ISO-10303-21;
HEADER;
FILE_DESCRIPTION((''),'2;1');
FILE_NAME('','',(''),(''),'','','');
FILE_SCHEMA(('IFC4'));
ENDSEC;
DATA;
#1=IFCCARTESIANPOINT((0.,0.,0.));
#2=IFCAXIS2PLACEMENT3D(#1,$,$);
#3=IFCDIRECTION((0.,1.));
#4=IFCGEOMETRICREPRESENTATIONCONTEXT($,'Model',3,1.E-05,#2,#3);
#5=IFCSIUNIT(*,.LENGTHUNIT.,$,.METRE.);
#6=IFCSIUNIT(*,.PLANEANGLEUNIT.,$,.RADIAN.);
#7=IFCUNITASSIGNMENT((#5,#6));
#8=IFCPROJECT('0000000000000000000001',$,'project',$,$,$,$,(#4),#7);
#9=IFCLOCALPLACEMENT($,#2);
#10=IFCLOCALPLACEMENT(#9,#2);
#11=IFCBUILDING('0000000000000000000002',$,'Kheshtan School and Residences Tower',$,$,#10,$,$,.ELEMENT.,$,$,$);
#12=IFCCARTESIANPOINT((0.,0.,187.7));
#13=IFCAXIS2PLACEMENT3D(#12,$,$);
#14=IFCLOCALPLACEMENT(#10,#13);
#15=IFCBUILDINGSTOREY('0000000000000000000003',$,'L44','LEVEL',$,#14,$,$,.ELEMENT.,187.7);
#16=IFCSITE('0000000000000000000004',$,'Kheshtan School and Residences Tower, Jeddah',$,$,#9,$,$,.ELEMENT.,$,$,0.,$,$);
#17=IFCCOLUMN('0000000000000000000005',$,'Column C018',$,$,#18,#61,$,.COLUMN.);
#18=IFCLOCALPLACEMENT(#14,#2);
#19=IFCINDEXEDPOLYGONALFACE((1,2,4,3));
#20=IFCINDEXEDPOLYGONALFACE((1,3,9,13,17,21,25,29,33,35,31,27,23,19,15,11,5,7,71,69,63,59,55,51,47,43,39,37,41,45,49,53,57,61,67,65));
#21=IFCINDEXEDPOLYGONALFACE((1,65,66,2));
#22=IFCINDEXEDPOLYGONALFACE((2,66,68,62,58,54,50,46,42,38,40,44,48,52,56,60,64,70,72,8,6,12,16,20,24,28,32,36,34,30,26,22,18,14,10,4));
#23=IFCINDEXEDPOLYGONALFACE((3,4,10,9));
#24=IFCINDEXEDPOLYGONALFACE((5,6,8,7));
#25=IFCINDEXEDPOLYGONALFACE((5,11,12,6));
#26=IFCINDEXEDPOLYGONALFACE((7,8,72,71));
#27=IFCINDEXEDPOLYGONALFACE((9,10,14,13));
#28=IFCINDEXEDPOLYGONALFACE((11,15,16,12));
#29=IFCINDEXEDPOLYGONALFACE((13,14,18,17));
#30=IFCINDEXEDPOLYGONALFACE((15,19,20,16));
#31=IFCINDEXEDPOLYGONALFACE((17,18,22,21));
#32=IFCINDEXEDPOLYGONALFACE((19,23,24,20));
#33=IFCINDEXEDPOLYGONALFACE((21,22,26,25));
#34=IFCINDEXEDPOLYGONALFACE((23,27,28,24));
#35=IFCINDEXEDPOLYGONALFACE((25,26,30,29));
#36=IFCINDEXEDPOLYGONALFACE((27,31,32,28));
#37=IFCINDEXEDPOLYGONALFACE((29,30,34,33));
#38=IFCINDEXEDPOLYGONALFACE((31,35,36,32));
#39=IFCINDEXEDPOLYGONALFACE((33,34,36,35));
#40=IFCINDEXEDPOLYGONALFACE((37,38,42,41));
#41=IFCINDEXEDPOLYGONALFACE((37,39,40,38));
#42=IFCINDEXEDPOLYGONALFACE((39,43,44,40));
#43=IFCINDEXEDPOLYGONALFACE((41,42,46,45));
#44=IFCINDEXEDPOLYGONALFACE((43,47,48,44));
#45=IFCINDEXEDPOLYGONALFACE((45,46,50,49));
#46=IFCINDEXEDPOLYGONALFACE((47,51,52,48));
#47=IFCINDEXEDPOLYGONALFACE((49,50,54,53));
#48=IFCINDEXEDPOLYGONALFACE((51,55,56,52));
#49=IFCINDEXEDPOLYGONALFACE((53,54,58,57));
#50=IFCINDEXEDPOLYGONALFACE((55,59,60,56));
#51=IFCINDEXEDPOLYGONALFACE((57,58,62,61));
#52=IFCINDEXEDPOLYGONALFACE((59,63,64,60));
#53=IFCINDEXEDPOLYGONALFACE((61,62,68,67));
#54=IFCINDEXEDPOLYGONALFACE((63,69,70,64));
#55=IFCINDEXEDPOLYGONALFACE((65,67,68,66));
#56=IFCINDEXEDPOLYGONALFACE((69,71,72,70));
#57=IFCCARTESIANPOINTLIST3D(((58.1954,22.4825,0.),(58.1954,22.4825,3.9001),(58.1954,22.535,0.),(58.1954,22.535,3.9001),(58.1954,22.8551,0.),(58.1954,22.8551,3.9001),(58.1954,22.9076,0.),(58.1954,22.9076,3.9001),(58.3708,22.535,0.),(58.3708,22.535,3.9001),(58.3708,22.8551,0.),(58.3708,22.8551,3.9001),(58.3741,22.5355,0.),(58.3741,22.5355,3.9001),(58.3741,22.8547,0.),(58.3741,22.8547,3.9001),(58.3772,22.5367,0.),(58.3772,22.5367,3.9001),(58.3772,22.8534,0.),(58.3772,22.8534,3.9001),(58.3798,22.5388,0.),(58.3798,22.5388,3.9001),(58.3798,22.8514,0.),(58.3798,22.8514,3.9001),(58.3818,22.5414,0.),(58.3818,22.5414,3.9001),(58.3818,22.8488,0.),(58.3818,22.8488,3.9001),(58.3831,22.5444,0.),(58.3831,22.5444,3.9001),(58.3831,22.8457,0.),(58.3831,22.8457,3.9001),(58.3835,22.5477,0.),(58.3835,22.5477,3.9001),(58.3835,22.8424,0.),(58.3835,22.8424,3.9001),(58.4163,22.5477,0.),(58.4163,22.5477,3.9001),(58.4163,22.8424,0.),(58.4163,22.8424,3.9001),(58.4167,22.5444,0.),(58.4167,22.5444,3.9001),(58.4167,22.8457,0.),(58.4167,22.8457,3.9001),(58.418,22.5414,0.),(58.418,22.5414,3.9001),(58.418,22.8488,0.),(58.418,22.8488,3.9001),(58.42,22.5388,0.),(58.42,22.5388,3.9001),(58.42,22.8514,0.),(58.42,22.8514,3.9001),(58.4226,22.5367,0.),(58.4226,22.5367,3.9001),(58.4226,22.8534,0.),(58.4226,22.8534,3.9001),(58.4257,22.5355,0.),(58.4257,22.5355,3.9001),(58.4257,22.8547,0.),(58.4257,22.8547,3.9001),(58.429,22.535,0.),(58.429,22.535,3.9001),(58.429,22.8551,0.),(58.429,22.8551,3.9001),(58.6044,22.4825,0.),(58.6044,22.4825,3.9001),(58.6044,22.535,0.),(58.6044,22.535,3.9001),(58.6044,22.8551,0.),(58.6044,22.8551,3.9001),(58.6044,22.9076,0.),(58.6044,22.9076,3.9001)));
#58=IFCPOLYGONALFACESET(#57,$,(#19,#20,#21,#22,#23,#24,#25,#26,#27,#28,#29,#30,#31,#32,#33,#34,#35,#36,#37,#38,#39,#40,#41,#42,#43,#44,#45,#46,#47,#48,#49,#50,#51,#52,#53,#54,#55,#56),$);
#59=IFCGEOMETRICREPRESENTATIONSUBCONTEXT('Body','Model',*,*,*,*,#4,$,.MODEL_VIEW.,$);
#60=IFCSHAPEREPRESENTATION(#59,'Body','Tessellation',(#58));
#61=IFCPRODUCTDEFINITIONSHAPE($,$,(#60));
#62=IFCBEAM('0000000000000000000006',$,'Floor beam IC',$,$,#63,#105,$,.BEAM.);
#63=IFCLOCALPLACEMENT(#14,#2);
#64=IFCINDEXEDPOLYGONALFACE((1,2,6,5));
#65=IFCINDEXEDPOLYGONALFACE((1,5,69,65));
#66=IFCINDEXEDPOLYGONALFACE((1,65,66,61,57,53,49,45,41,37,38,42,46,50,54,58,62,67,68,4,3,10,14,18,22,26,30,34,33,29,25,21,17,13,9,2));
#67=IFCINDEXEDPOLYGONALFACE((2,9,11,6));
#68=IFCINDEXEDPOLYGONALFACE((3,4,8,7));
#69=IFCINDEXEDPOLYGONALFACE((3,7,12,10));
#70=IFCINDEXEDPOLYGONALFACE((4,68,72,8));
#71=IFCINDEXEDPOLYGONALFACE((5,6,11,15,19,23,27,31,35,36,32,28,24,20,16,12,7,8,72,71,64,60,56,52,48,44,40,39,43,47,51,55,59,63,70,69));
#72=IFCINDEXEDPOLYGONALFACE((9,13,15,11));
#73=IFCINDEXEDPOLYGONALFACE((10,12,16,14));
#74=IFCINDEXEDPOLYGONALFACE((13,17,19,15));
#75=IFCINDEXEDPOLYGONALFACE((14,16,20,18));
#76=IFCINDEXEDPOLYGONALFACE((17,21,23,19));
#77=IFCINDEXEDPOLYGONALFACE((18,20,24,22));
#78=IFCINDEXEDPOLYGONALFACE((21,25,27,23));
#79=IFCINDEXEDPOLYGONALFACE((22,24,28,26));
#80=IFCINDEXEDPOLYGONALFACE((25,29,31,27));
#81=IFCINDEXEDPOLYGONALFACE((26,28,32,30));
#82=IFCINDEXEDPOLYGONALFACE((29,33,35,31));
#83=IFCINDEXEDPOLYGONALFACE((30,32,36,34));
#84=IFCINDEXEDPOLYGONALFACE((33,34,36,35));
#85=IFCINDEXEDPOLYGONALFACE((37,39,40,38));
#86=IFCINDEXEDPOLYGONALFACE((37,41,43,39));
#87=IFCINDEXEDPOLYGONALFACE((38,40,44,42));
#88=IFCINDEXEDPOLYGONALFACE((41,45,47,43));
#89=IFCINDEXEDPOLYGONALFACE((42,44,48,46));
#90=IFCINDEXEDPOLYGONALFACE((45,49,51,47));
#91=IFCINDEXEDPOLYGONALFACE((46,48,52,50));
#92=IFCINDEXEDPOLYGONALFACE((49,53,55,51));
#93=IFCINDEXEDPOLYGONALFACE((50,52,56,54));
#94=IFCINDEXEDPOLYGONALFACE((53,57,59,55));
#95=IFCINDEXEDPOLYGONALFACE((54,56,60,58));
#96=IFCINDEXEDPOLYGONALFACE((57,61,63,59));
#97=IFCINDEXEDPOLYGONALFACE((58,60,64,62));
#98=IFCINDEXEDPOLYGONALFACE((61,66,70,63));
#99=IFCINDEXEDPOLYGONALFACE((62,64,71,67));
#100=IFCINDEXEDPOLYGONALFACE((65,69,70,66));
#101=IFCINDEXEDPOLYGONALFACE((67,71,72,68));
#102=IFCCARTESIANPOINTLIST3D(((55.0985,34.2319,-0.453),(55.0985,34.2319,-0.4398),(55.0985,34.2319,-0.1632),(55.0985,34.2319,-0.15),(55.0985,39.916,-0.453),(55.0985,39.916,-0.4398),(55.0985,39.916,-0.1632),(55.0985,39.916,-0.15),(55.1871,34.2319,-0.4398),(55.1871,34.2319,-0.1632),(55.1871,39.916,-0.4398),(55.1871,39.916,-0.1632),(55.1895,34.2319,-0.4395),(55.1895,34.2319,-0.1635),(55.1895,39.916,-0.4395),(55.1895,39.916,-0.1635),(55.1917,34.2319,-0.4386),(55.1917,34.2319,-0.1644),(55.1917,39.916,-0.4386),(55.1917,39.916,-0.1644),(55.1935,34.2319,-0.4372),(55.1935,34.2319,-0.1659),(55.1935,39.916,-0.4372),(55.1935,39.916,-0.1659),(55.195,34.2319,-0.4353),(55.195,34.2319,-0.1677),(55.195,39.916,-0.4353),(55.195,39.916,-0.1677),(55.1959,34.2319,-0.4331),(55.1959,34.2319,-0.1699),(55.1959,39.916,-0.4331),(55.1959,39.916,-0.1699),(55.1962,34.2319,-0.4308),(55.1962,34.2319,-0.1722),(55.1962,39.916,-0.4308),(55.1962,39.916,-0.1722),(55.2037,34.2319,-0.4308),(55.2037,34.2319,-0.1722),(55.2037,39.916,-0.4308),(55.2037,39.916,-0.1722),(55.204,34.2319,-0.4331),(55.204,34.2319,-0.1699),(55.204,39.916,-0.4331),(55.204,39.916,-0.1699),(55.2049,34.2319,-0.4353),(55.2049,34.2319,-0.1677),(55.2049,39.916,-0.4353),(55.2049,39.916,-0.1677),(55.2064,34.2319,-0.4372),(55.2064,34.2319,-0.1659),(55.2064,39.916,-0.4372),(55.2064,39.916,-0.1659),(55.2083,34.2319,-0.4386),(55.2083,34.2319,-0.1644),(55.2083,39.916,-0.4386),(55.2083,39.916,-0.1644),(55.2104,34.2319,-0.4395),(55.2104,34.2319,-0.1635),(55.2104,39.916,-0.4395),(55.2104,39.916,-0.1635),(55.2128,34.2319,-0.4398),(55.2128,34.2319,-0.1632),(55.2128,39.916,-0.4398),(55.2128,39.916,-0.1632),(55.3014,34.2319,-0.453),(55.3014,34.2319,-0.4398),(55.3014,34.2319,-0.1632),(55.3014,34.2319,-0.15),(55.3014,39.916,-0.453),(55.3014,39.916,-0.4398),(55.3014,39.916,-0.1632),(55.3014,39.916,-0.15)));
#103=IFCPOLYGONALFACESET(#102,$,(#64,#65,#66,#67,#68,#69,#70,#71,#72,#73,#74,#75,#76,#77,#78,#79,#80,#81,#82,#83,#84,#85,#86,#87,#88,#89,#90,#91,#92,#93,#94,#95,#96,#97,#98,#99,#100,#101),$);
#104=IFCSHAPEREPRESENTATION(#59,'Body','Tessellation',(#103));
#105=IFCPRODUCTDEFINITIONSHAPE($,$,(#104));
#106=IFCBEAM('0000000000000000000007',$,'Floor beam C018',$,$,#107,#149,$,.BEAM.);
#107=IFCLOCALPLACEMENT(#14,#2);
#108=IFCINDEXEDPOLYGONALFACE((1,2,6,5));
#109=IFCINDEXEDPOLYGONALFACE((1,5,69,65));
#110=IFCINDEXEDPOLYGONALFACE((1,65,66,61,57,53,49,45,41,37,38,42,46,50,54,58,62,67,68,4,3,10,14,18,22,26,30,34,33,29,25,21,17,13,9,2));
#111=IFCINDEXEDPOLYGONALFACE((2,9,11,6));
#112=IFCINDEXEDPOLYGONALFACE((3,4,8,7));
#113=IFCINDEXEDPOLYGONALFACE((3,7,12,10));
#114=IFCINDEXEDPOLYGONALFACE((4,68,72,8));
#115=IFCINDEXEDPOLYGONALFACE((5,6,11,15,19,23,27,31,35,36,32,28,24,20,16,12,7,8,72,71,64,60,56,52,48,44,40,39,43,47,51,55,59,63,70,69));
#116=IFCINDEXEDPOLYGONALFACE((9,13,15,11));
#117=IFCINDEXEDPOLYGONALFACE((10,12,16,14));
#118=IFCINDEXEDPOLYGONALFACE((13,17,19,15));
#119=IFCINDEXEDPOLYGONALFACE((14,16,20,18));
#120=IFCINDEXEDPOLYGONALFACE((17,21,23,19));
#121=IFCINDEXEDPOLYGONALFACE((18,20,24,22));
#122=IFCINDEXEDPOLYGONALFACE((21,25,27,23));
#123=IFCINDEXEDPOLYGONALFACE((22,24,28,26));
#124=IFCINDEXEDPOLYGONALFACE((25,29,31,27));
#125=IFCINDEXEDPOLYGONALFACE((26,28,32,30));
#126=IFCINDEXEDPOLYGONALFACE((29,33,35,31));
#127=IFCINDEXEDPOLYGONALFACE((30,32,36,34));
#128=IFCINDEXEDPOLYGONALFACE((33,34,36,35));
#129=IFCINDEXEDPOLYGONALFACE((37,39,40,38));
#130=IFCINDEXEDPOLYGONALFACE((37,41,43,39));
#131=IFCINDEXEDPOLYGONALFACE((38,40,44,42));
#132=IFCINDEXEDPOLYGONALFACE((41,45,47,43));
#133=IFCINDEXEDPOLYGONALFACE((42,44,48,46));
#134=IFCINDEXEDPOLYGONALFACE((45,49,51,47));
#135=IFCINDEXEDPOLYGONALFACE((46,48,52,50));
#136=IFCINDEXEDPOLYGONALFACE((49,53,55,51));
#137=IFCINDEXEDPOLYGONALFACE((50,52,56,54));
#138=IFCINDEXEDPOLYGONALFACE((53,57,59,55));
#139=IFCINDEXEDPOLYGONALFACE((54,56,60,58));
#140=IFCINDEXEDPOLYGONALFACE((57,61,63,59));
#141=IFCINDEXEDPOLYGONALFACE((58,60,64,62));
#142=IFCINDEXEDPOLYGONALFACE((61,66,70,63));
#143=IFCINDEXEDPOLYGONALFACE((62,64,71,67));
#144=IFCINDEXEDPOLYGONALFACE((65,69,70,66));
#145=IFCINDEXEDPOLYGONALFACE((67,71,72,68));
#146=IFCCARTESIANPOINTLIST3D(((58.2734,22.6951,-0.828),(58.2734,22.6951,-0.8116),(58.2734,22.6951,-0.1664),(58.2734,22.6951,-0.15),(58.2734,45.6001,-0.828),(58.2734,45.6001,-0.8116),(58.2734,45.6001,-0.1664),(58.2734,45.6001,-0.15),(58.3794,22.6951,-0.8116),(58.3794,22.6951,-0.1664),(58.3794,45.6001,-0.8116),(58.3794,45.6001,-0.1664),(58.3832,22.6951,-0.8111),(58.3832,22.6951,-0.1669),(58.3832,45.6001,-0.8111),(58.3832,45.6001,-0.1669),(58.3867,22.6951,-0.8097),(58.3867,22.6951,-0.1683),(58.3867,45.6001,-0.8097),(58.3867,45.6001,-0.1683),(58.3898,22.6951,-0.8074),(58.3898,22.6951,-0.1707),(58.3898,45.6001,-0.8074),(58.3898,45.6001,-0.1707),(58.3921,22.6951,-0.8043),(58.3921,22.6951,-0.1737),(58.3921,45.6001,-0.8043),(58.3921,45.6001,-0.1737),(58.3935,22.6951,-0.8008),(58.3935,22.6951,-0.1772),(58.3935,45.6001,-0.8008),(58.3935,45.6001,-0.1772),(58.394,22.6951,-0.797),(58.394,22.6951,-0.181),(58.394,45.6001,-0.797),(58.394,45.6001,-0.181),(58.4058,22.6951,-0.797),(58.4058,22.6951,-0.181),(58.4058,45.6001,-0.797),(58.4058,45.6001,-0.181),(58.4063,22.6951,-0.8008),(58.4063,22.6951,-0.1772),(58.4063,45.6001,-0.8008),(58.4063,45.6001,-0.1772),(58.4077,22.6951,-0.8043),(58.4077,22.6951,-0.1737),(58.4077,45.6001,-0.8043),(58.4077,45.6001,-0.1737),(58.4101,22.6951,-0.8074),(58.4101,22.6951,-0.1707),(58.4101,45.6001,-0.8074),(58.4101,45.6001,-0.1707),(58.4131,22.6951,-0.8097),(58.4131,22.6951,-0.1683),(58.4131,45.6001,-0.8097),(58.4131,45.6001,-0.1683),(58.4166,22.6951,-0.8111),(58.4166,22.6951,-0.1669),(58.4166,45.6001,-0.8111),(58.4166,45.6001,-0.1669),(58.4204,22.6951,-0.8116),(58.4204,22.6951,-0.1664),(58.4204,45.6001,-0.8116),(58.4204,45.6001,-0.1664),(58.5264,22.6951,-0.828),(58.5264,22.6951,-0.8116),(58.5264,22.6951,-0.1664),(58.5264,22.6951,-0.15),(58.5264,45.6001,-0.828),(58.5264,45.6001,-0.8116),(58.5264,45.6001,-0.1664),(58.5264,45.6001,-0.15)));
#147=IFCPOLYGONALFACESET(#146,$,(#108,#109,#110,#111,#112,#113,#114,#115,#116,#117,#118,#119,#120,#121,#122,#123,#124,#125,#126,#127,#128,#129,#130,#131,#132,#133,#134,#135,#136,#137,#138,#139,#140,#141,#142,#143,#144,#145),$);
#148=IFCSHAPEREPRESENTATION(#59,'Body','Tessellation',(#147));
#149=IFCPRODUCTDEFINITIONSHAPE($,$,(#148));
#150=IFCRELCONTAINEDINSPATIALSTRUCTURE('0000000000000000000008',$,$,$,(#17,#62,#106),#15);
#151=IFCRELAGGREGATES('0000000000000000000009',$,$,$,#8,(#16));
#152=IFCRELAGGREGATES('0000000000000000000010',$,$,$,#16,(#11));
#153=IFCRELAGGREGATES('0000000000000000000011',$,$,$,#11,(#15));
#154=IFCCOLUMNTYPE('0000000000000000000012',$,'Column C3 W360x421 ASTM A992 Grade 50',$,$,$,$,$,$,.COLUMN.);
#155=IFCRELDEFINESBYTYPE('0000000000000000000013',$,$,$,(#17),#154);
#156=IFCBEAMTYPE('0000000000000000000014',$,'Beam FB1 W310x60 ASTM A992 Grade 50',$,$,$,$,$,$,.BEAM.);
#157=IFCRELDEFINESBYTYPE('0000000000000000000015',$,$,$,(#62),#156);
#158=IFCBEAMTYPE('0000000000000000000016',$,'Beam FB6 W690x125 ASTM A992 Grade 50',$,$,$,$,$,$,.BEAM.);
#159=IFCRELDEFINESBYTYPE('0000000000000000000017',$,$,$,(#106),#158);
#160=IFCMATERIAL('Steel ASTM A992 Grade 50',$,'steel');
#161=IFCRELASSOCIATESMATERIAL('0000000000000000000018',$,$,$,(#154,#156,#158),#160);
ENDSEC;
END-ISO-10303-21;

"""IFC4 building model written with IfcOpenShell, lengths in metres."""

from ifc_helpers import new_model, si_unit, direction, frame, origin, origin_2d, place, context, subcontext, project, spatial, i_section, extrude, material, material_profile, profile_set, type_object, element, save


model = new_model("IFC4")

# Units and contexts
model_context = context("Model", 3, precision=1e-05, world=origin(), true_north=direction((0.0, 1.0)))
body_context = subcontext(model_context, "Body", "Model", "MODEL_VIEW")
ifc_project = project(units=[si_unit("LENGTHUNIT", "METRE"), si_unit("PLANEANGLEUNIT", "RADIAN")], contexts=[model_context])

# Site, building, storey
site_placement = place(None, origin())
site = spatial("IfcSite", under=ifc_project, at=site_placement, Name="Kheshtan School and Residences Tower, Jeddah", CompositionType="ELEMENT", RefElevation=0.0)
building_placement = place(site_placement, origin())
building = spatial("IfcBuilding", under=site, at=building_placement, Name="Kheshtan School and Residences Tower", CompositionType="ELEMENT")
storey_placement = place(building_placement, frame((0.0, 0.0, 187.7)))
storey = spatial("IfcBuildingStorey", under=building, at=storey_placement, Name="L44", Description="LEVEL", CompositionType="ELEMENT", Elevation=187.7)

# Column
ifc_material_1 = material(Name="Steel ASTM A992 Grade 50", Category="steel")
ifc_material_profile_1 = material_profile(ifc_material_1, i_section(OverallWidth=0.4089, OverallDepth=0.425, WebThickness=0.0327, FlangeThickness=0.0525, FilletRadius=0.0127, at=origin_2d()), Name="W360x421")
ifc_profile_set_1 = profile_set([ifc_material_profile_1], Name="Steel ASTM A992 Grade 50")
column_type = type_object("IfcColumnType", Name="Column C3 W360x421 ASTM A992 Grade 50", PredefinedType="COLUMN", material=ifc_profile_set_1)
column_placement = place(storey_placement, frame((58.3999, 22.6951, 0.0), z_axis=(0.0, 0.0, 1.0), x_axis=(1.0, 0.0, 0.0)))
element("IfcColumn", 1, at=column_placement, inside=storey, type_object=column_type, Name="Column C018", PredefinedType="COLUMN", context=body_context, shape_type="SweptSolid", body=[
    extrude(i_section(OverallWidth=0.4089, OverallDepth=0.425, WebThickness=0.0327, FlangeThickness=0.0525, FilletRadius=0.0127, at=origin_2d()), origin(), (0.0, 0.0, 1.0), 3.9001),
])

# Beams
ifc_material_profile_2 = material_profile(ifc_material_1, i_section(OverallWidth=0.2029, OverallDepth=0.303, WebThickness=0.0076, FlangeThickness=0.0132, FilletRadius=0.009, at=origin_2d()), Name="W310x60")
ifc_profile_set_2 = profile_set([ifc_material_profile_2], Name="Steel ASTM A992 Grade 50")
beam_type_1 = type_object("IfcBeamType", Name="Beam FB1 W310x60 ASTM A992 Grade 50", PredefinedType="BEAM", material=ifc_profile_set_2)
beam_1_placement = place(storey_placement, frame((55.2, 34.2319, -0.3015), z_axis=(0.0, 1.0, 0.0), x_axis=(-1.0, 0.0, 0.0)))
element("IfcBeam", 2, at=beam_1_placement, inside=storey, type_object=beam_type_1, Name="Floor beam IC", PredefinedType="BEAM", context=body_context, shape_type="SweptSolid", body=[
    extrude(i_section(OverallWidth=0.2029, OverallDepth=0.303, WebThickness=0.0076, FlangeThickness=0.0132, FilletRadius=0.009, at=origin_2d()), origin(), (0.0, 0.0, 1.0), 5.6841),
])
ifc_material_profile_3 = material_profile(ifc_material_1, i_section(OverallWidth=0.2529, OverallDepth=0.678, WebThickness=0.0117, FlangeThickness=0.0164, FilletRadius=0.0146, at=origin_2d()), Name="W690x125")
ifc_profile_set_3 = profile_set([ifc_material_profile_3], Name="Steel ASTM A992 Grade 50")
beam_type_2 = type_object("IfcBeamType", Name="Beam FB6 W690x125 ASTM A992 Grade 50", PredefinedType="BEAM", material=ifc_profile_set_3)
beam_2_placement = place(storey_placement, frame((58.3999, 22.6951, -0.489), z_axis=(0.0, 1.0, 0.0), x_axis=(-1.0, 0.0, 0.0)))
element("IfcBeam", 3, at=beam_2_placement, inside=storey, type_object=beam_type_2, Name="Floor beam C018", PredefinedType="BEAM", context=body_context, shape_type="SweptSolid", body=[
    extrude(i_section(OverallWidth=0.2529, OverallDepth=0.678, WebThickness=0.0117, FlangeThickness=0.0164, FilletRadius=0.0146, at=origin_2d()), origin(), (0.0, 0.0, 1.0), 22.905),
])

save(model, "model.ifc")
